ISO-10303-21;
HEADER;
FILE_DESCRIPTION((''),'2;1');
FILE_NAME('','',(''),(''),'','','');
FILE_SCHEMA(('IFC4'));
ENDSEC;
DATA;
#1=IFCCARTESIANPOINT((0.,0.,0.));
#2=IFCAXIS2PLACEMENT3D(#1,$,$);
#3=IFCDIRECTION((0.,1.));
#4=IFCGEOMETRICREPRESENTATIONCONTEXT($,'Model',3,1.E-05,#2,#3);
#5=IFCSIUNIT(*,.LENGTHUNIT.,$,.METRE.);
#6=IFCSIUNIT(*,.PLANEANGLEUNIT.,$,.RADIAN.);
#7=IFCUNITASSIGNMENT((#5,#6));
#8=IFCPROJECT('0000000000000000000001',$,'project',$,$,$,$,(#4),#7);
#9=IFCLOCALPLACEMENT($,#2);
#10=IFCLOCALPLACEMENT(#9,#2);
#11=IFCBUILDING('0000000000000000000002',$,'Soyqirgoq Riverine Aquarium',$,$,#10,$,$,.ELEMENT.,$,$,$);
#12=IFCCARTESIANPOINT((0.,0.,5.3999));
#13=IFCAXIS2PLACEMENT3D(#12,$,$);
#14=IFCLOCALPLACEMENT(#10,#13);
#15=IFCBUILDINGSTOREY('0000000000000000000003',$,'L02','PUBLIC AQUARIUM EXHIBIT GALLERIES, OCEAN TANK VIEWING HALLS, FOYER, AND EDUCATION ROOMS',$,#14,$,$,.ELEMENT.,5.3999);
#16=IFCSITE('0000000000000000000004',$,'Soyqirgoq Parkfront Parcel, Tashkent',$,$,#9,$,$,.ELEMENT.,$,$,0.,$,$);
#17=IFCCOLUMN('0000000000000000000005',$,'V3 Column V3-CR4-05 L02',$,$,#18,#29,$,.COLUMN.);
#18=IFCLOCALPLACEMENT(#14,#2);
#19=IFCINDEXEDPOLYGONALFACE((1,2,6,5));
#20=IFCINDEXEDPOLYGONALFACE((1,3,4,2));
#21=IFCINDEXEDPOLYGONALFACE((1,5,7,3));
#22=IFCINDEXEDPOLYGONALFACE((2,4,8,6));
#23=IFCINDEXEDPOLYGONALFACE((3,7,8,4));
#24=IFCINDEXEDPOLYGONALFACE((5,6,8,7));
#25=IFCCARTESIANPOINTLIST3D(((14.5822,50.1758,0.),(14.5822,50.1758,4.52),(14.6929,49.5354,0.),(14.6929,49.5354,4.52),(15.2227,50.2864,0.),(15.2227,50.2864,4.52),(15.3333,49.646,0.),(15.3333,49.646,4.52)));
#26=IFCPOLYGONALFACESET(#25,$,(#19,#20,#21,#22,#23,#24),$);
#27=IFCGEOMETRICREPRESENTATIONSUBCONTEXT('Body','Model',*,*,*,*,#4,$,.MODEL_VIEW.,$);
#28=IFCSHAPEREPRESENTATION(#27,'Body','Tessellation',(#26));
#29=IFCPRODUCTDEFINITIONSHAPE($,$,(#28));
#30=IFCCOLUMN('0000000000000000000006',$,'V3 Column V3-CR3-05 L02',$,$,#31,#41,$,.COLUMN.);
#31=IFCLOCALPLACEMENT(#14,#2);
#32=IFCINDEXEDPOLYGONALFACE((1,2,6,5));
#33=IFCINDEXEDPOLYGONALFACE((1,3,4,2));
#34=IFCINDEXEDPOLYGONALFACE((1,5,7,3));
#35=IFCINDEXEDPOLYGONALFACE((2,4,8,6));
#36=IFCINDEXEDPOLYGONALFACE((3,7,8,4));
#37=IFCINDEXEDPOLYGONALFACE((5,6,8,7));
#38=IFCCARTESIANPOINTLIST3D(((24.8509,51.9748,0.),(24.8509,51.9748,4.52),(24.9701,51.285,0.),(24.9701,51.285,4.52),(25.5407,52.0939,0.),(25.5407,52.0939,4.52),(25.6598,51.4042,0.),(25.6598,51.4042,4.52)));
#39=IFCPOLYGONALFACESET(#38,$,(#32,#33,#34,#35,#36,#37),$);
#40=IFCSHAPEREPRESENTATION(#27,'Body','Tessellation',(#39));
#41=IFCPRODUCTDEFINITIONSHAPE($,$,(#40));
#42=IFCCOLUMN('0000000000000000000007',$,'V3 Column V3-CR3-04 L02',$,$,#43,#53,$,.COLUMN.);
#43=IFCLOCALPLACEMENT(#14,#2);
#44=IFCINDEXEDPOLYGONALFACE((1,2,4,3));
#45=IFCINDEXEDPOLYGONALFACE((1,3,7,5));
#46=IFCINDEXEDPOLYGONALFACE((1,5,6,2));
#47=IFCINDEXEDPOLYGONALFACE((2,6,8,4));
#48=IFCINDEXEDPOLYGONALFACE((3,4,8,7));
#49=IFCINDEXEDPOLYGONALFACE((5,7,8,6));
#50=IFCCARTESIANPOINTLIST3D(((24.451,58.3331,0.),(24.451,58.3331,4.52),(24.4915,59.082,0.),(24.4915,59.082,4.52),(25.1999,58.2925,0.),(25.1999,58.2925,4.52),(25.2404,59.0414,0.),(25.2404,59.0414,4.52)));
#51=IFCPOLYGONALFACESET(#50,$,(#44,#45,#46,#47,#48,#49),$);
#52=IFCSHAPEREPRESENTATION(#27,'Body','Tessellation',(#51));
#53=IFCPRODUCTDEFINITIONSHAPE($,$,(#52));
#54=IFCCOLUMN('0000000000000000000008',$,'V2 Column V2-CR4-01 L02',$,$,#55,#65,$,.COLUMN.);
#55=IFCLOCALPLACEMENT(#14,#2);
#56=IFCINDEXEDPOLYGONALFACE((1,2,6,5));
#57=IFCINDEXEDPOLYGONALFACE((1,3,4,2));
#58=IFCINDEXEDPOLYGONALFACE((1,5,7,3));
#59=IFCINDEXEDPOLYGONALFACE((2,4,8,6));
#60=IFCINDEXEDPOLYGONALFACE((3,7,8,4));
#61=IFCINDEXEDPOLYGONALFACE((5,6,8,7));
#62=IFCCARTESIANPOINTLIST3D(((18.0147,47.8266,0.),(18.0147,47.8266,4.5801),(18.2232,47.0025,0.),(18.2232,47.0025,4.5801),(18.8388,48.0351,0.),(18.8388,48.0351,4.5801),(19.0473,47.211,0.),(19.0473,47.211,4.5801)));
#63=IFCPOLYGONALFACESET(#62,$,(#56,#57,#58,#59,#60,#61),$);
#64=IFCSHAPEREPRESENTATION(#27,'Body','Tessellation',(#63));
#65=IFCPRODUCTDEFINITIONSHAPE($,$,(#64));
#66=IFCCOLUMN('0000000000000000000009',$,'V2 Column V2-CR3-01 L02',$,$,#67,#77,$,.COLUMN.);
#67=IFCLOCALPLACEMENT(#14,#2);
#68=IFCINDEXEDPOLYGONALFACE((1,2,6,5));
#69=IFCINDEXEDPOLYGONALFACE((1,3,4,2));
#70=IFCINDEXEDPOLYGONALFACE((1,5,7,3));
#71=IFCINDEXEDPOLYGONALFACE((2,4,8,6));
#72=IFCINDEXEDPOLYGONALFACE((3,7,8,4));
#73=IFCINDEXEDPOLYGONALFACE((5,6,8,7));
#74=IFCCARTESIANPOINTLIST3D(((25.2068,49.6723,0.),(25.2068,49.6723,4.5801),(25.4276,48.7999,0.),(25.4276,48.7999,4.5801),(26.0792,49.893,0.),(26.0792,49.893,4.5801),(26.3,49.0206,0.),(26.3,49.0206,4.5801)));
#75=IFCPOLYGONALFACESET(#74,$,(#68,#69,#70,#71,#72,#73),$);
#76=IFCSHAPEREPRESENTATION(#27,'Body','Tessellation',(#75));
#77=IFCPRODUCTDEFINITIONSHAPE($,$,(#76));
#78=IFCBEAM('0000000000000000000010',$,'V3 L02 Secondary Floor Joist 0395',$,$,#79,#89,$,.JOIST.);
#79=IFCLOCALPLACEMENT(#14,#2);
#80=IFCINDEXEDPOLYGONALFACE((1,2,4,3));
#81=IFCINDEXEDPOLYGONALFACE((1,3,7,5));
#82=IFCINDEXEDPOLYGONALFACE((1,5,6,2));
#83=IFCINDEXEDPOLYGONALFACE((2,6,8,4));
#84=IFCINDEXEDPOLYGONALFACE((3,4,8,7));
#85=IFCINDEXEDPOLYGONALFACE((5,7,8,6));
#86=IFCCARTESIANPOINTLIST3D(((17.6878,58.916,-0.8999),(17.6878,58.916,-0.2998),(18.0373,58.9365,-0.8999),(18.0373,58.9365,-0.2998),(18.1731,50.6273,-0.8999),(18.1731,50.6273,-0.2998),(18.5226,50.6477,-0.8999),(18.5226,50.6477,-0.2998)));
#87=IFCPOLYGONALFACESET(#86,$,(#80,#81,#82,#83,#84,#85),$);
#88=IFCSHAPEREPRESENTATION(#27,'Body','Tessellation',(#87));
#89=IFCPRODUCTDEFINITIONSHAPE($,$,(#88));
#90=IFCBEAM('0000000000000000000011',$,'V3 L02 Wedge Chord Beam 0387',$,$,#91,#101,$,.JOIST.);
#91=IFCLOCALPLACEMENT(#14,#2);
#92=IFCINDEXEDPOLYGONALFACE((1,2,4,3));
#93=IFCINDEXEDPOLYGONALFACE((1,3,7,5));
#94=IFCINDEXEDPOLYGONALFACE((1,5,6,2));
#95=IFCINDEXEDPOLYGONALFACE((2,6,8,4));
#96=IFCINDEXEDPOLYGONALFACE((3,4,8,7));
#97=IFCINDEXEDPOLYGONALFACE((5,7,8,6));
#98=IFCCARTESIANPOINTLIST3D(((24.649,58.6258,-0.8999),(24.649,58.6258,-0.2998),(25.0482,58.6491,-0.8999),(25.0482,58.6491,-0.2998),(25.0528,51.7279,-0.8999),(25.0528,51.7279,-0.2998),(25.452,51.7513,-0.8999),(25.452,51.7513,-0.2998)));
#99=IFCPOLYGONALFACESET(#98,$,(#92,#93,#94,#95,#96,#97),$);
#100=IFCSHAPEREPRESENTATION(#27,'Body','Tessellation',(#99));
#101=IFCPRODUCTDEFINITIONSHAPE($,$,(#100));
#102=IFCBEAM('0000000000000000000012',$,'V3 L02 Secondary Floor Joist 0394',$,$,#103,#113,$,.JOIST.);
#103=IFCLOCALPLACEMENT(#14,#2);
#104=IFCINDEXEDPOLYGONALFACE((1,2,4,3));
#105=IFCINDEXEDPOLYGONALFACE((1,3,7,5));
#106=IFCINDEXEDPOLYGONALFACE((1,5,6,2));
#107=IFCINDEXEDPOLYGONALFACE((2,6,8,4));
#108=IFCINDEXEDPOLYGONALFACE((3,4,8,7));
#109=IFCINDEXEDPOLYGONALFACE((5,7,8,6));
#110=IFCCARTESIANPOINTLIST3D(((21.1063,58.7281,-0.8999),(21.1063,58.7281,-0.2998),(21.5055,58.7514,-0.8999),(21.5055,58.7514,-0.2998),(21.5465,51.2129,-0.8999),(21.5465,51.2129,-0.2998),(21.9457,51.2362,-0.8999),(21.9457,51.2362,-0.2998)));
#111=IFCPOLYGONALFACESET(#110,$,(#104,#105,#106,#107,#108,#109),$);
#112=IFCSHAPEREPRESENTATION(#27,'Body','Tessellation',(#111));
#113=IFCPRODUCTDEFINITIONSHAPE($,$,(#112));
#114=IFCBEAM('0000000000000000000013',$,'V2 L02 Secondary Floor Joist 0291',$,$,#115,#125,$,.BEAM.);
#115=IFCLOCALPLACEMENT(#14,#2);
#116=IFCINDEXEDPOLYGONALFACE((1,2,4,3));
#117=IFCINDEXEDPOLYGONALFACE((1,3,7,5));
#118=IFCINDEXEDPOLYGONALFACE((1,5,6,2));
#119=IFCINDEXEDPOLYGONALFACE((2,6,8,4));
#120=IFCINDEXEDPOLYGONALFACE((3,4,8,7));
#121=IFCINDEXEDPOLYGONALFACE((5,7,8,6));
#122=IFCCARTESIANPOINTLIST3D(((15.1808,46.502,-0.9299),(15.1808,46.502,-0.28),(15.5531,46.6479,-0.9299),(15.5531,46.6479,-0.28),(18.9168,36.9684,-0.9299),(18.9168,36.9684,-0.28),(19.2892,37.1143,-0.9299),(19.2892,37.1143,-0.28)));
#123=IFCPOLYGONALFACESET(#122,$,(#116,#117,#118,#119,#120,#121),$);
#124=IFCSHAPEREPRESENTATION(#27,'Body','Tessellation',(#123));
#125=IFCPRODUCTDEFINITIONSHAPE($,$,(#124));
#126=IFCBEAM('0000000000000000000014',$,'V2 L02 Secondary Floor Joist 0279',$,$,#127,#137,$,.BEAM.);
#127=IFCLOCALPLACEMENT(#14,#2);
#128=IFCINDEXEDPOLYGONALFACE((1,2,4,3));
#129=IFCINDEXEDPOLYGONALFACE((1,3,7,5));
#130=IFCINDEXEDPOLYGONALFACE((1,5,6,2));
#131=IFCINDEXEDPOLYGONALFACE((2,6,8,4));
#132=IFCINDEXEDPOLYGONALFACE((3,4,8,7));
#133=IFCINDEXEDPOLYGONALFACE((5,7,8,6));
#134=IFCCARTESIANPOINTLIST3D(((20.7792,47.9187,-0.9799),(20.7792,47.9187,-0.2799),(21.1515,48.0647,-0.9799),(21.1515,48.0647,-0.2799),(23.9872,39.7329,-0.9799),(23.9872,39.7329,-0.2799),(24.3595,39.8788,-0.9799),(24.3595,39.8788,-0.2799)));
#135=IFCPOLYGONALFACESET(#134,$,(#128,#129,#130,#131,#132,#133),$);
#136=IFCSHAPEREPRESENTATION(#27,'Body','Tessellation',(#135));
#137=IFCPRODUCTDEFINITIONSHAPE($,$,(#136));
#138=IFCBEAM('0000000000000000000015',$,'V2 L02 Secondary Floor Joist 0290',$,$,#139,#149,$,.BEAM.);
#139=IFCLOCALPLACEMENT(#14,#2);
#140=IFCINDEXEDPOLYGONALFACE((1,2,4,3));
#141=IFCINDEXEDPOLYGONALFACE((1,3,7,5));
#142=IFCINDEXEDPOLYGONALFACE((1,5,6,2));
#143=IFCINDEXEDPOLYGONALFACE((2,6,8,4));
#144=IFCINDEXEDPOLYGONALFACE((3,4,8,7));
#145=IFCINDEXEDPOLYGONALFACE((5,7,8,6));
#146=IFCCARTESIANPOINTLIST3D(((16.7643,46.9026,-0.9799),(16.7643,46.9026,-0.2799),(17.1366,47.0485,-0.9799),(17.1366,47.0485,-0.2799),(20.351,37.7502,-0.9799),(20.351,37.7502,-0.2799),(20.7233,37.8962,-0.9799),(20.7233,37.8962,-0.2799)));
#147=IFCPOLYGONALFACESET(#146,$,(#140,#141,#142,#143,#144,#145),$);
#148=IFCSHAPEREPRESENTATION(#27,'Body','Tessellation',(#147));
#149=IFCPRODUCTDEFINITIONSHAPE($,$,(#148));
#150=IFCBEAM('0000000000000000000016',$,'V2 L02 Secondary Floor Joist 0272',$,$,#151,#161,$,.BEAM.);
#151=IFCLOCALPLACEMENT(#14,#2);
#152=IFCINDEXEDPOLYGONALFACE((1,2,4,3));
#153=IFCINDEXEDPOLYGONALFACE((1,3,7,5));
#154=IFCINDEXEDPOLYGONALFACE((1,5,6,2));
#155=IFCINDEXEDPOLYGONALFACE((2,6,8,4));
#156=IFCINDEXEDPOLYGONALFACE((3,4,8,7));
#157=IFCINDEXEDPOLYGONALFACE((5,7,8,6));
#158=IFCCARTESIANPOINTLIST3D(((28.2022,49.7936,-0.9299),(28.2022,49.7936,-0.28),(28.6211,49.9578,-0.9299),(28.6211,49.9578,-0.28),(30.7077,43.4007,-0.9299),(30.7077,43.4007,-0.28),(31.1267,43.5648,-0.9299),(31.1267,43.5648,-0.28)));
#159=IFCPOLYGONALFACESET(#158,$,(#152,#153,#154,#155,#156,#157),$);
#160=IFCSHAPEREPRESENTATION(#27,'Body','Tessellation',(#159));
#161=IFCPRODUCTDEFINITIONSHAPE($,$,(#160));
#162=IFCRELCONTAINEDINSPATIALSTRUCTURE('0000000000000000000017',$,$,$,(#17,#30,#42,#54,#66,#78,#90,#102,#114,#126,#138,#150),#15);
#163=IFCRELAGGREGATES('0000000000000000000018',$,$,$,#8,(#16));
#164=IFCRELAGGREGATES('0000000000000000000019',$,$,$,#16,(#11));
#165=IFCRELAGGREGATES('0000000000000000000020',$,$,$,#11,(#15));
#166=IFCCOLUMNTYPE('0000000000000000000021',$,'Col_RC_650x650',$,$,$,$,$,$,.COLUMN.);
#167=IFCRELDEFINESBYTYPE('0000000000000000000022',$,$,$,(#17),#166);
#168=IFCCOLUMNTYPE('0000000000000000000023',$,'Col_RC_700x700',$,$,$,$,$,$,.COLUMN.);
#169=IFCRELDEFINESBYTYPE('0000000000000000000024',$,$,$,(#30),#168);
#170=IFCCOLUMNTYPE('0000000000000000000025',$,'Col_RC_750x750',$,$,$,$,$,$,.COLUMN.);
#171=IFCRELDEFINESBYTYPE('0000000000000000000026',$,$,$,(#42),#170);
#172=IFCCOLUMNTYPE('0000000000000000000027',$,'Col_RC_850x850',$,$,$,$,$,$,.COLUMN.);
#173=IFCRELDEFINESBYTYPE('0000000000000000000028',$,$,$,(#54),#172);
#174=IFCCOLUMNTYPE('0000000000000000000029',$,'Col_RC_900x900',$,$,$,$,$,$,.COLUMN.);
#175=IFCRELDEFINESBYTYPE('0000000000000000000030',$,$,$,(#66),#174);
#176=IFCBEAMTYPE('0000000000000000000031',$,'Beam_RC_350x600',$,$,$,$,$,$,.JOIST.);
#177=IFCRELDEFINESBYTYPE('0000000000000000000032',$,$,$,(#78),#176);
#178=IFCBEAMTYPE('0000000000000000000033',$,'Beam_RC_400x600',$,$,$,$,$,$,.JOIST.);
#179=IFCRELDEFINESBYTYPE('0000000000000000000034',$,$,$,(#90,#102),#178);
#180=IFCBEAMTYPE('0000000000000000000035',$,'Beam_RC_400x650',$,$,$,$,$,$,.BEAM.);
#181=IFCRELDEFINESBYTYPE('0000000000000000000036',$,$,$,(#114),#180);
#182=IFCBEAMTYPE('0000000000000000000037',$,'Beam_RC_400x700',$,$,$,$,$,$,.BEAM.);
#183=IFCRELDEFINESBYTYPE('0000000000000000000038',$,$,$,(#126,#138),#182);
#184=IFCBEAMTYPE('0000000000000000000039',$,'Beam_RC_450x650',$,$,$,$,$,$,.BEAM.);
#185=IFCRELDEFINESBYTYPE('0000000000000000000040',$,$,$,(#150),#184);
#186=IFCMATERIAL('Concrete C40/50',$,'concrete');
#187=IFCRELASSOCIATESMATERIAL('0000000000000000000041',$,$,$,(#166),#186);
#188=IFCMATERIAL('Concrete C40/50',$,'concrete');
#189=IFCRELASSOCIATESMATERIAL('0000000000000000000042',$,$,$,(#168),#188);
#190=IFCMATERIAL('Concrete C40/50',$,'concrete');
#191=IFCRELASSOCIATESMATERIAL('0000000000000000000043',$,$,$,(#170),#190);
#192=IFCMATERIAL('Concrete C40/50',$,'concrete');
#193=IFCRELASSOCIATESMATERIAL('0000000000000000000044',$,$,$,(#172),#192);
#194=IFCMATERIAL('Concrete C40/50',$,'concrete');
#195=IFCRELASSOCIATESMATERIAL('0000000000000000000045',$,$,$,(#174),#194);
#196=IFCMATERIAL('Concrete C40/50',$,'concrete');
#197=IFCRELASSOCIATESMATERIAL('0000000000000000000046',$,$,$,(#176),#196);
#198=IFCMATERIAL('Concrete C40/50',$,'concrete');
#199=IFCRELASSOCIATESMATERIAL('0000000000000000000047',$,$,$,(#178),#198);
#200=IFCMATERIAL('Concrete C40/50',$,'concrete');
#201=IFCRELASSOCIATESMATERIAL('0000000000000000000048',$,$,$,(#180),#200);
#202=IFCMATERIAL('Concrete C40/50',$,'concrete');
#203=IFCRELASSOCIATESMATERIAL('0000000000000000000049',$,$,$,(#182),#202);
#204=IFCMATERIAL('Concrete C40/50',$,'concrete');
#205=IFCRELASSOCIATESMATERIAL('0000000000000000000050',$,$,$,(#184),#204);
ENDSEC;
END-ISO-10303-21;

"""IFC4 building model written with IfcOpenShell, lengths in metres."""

from ifc_helpers import new_model, si_unit, direction, frame, origin, origin_2d, place, context, subcontext, project, spatial, rectangle, extrude, material, material_profile, profile_set, type_object, element, save


model = new_model("IFC4")

# Units and contexts
model_context = context("Model", 3, precision=1e-05, world=origin(), true_north=direction((0.0, 1.0)))
body_context = subcontext(model_context, "Body", "Model", "MODEL_VIEW")
ifc_project = project(units=[si_unit("LENGTHUNIT", "METRE"), si_unit("PLANEANGLEUNIT", "RADIAN")], contexts=[model_context])

# Site, building, storey
site_placement = place(None, origin())
site = spatial("IfcSite", under=ifc_project, at=site_placement, Name="Soyqirgoq Parkfront Parcel, Tashkent", CompositionType="ELEMENT", RefElevation=0.0)
building_placement = place(site_placement, origin())
building = spatial("IfcBuilding", under=site, at=building_placement, Name="Soyqirgoq Riverine Aquarium", CompositionType="ELEMENT")
storey_placement = place(building_placement, frame((0.0, 0.0, 5.3999)))
storey = spatial("IfcBuildingStorey", under=building, at=storey_placement, Name="L02", Description="PUBLIC AQUARIUM EXHIBIT GALLERIES, OCEAN TANK VIEWING HALLS, FOYER, AND EDUCATION ROOMS", CompositionType="ELEMENT", Elevation=5.3999)

# Columns
ifc_material_1 = material(Name="Concrete C40/50", Category="concrete")
ifc_material_profile_1 = material_profile(ifc_material_1, rectangle(XDim=0.6499, YDim=0.6499, at=origin_2d()), Name="RC 650x650")
ifc_profile_set_1 = profile_set([ifc_material_profile_1], Name="Concrete C40/50")
column_type_1 = type_object("IfcColumnType", Name="Col_RC_650x650", PredefinedType="COLUMN", material=ifc_profile_set_1)
column_1_placement = place(storey_placement, frame((14.9578, 49.9109, 0.0), z_axis=(0.0, 0.0, 1.0), x_axis=(-0.985408, -0.170209, 0.0)))
element("IfcColumn", 1, at=column_1_placement, inside=storey, type_object=column_type_1, Name="V3 Column V3-CR4-05 L02", PredefinedType="COLUMN", context=body_context, shape_type="SweptSolid", body=[
    extrude(rectangle(XDim=0.6499, YDim=0.6499, at=origin_2d()), origin(), (0.0, 0.0, 1.0), 4.52),
])
ifc_material_2 = material(Name="Concrete C40/50", Category="concrete")
ifc_material_profile_2 = material_profile(ifc_material_2, rectangle(XDim=0.7, YDim=0.7, at=origin_2d()), Name="RC 700x700")
ifc_profile_set_2 = profile_set([ifc_material_profile_2], Name="Concrete C40/50")
column_type_2 = type_object("IfcColumnType", Name="Col_RC_700x700", PredefinedType="COLUMN", material=ifc_profile_set_2)
column_2_placement = place(storey_placement, frame((25.2554, 51.6895, 0.0), z_axis=(0.0, 0.0, 1.0), x_axis=(-0.985408, -0.170209, 0.0)))
element("IfcColumn", 2, at=column_2_placement, inside=storey, type_object=column_type_2, Name="V3 Column V3-CR3-05 L02", PredefinedType="COLUMN", context=body_context, shape_type="SweptSolid", body=[
    extrude(rectangle(XDim=0.7, YDim=0.7, at=origin_2d()), origin(), (0.0, 0.0, 1.0), 4.52),
])
ifc_material_3 = material(Name="Concrete C40/50", Category="concrete")
ifc_material_profile_3 = material_profile(ifc_material_3, rectangle(XDim=0.75, YDim=0.75, at=origin_2d()), Name="RC 750x750")
ifc_profile_set_3 = profile_set([ifc_material_profile_3], Name="Concrete C40/50")
column_type_3 = type_object("IfcColumnType", Name="Col_RC_750x750", PredefinedType="COLUMN", material=ifc_profile_set_3)
column_3_placement = place(storey_placement, frame((24.8457, 58.6873, 0.0), z_axis=(0.0, 0.0, 1.0), x_axis=(-0.998537, 0.054079, 0.0)))
element("IfcColumn", 3, at=column_3_placement, inside=storey, type_object=column_type_3, Name="V3 Column V3-CR3-04 L02", PredefinedType="COLUMN", context=body_context, shape_type="SweptSolid", body=[
    extrude(rectangle(XDim=0.75, YDim=0.75, at=origin_2d()), origin(), (0.0, 0.0, 1.0), 4.52),
])
ifc_material_4 = material(Name="Concrete C40/50", Category="concrete")
ifc_material_profile_4 = material_profile(ifc_material_4, rectangle(XDim=0.8501, YDim=0.8501, at=origin_2d()), Name="RC 850x850")
ifc_profile_set_4 = profile_set([ifc_material_profile_4], Name="Concrete C40/50")
column_type_4 = type_object("IfcColumnType", Name="Col_RC_850x850", PredefinedType="COLUMN", material=ifc_profile_set_4)
column_4_placement = place(storey_placement, frame((18.531, 47.5188, 0.0), z_axis=(0.0, 0.0, 1.0), x_axis=(-0.969445, -0.245307, 0.0)))
element("IfcColumn", 4, at=column_4_placement, inside=storey, type_object=column_type_4, Name="V2 Column V2-CR4-01 L02", PredefinedType="COLUMN", context=body_context, shape_type="SweptSolid", body=[
    extrude(rectangle(XDim=0.8501, YDim=0.8501, at=origin_2d()), origin(), (0.0, 0.0, 1.0), 4.5801),
])
ifc_material_5 = material(Name="Concrete C40/50", Category="concrete")
ifc_material_profile_5 = material_profile(ifc_material_5, rectangle(XDim=0.8999, YDim=0.8999, at=origin_2d()), Name="RC 900x900")
ifc_profile_set_5 = profile_set([ifc_material_profile_5], Name="Concrete C40/50")
column_type_5 = type_object("IfcColumnType", Name="Col_RC_900x900", PredefinedType="COLUMN", material=ifc_profile_set_5)
column_5_placement = place(storey_placement, frame((25.7534, 49.3464, 0.0), z_axis=(0.0, 0.0, 1.0), x_axis=(-0.969445, -0.245307, 0.0)))
element("IfcColumn", 5, at=column_5_placement, inside=storey, type_object=column_type_5, Name="V2 Column V2-CR3-01 L02", PredefinedType="COLUMN", context=body_context, shape_type="SweptSolid", body=[
    extrude(rectangle(XDim=0.8999, YDim=0.8999, at=origin_2d()), origin(), (0.0, 0.0, 1.0), 4.5801),
])

# Beams
ifc_material_6 = material(Name="Concrete C40/50", Category="concrete")
ifc_material_profile_6 = material_profile(ifc_material_6, rectangle(XDim=0.3501, YDim=0.6001, at=origin_2d()), Name="RC 350x600")
ifc_profile_set_6 = profile_set([ifc_material_profile_6], Name="Concrete C40/50")
beam_type_1 = type_object("IfcBeamType", Name="Beam_RC_350x600", PredefinedType="JOIST", material=ifc_profile_set_6)
beam_1_placement = place(storey_placement, frame((17.8625, 58.9263, -0.5999), z_axis=(0.058455, -0.99829, 0.0), x_axis=(0.99829, 0.058455, 0.0)))
element("IfcBeam", 6, at=beam_1_placement, inside=storey, type_object=beam_type_1, Name="V3 L02 Secondary Floor Joist 0395", PredefinedType="JOIST", context=body_context, shape_type="SweptSolid", body=[
    extrude(rectangle(XDim=0.3501, YDim=0.6001, at=origin_2d()), origin(), (0.0, 0.0, 1.0), 8.303),
])
ifc_material_7 = material(Name="Concrete C40/50", Category="concrete")
ifc_material_profile_7 = material_profile(ifc_material_7, rectangle(XDim=0.3999, YDim=0.6001, at=origin_2d()), Name="RC 400x600")
ifc_profile_set_7 = profile_set([ifc_material_profile_7], Name="Concrete C40/50")
beam_type_2 = type_object("IfcBeamType", Name="Beam_RC_400x600", PredefinedType="JOIST", material=ifc_profile_set_7)
beam_2_placement = place(storey_placement, frame((24.8486, 58.6375, -0.5999), z_axis=(0.05844, -0.998291, 0.0), x_axis=(0.998291, 0.05844, 0.0)))
element("IfcBeam", 7, at=beam_2_placement, inside=storey, type_object=beam_type_2, Name="V3 L02 Wedge Chord Beam 0387", PredefinedType="JOIST", context=body_context, shape_type="SweptSolid", body=[
    extrude(rectangle(XDim=0.3999, YDim=0.6001, at=origin_2d()), origin(), (0.0, 0.0, 1.0), 6.9097),
])
beam_3_placement = place(storey_placement, frame((21.3059, 58.7397, -0.5999), z_axis=(0.058473, -0.998289, 0.0), x_axis=(0.998289, 0.058473, 0.0)))
element("IfcBeam", 8, at=beam_3_placement, inside=storey, type_object=beam_type_2, Name="V3 L02 Secondary Floor Joist 0394", PredefinedType="JOIST", context=body_context, shape_type="SweptSolid", body=[
    extrude(rectangle(XDim=0.3999, YDim=0.6001, at=origin_2d()), origin(), (0.0, 0.0, 1.0), 7.5281),
])
ifc_material_8 = material(Name="Concrete C40/50", Category="concrete")
ifc_material_profile_8 = material_profile(ifc_material_8, rectangle(XDim=0.3999, YDim=0.6499, at=origin_2d()), Name="RC 400x650")
ifc_profile_set_8 = profile_set([ifc_material_profile_8], Name="Concrete C40/50")
beam_type_3 = type_object("IfcBeamType", Name="Beam_RC_400x650", PredefinedType="BEAM", material=ifc_profile_set_8)
beam_4_placement = place(storey_placement, frame((15.3669, 46.575, -0.605), z_axis=(0.364866, -0.93106, 0.0), x_axis=(0.93106, 0.364866, 0.0)))
element("IfcBeam", 9, at=beam_4_placement, inside=storey, type_object=beam_type_3, Name="V2 L02 Secondary Floor Joist 0291", PredefinedType="BEAM", context=body_context, shape_type="SweptSolid", body=[
    extrude(rectangle(XDim=0.3999, YDim=0.6499, at=origin_2d()), origin(), (0.0, 0.0, 1.0), 10.2395),
])
ifc_material_9 = material(Name="Concrete C40/50", Category="concrete")
ifc_material_profile_9 = material_profile(ifc_material_9, rectangle(XDim=0.3999, YDim=0.7, at=origin_2d()), Name="RC 400x700")
ifc_profile_set_9 = profile_set([ifc_material_profile_9], Name="Concrete C40/50")
beam_type_4 = type_object("IfcBeamType", Name="Beam_RC_400x700", PredefinedType="BEAM", material=ifc_profile_set_9)
beam_5_placement = place(storey_placement, frame((20.9653, 47.9917, -0.6299), z_axis=(0.36488, -0.931055, 0.0), x_axis=(0.931055, 0.36488, 0.0)))
element("IfcBeam", 10, at=beam_5_placement, inside=storey, type_object=beam_type_4, Name="V2 L02 Secondary Floor Joist 0279", PredefinedType="BEAM", context=body_context, shape_type="SweptSolid", body=[
    extrude(rectangle(XDim=0.3999, YDim=0.7, at=origin_2d()), origin(), (0.0, 0.0, 1.0), 8.792),
])
beam_6_placement = place(storey_placement, frame((16.9504, 46.9756, -0.6299), z_axis=(0.364868, -0.931059, 0.0), x_axis=(0.931059, 0.364868, 0.0)))
element("IfcBeam", 11, at=beam_6_placement, inside=storey, type_object=beam_type_4, Name="V2 L02 Secondary Floor Joist 0290", PredefinedType="BEAM", context=body_context, shape_type="SweptSolid", body=[
    extrude(rectangle(XDim=0.3999, YDim=0.7, at=origin_2d()), origin(), (0.0, 0.0, 1.0), 9.8301),
])
ifc_material_10 = material(Name="Concrete C40/50", Category="concrete")
ifc_material_profile_10 = material_profile(ifc_material_10, rectangle(XDim=0.45, YDim=0.6499, at=origin_2d()), Name="RC 450x650")
ifc_profile_set_10 = profile_set([ifc_material_profile_10], Name="Concrete C40/50")
beam_type_5 = type_object("IfcBeamType", Name="Beam_RC_450x650", PredefinedType="BEAM", material=ifc_profile_set_10)
beam_7_placement = place(storey_placement, frame((28.4116, 49.8757, -0.605), z_axis=(0.364902, -0.931046, 0.0), x_axis=(0.931046, 0.364902, 0.0)))
element("IfcBeam", 12, at=beam_7_placement, inside=storey, type_object=beam_type_5, Name="V2 L02 Secondary Floor Joist 0272", PredefinedType="BEAM", context=body_context, shape_type="SweptSolid", body=[
    extrude(rectangle(XDim=0.45, YDim=0.6499, at=origin_2d()), origin(), (0.0, 0.0, 1.0), 6.8665),
])

save(model, "model.ifc")
